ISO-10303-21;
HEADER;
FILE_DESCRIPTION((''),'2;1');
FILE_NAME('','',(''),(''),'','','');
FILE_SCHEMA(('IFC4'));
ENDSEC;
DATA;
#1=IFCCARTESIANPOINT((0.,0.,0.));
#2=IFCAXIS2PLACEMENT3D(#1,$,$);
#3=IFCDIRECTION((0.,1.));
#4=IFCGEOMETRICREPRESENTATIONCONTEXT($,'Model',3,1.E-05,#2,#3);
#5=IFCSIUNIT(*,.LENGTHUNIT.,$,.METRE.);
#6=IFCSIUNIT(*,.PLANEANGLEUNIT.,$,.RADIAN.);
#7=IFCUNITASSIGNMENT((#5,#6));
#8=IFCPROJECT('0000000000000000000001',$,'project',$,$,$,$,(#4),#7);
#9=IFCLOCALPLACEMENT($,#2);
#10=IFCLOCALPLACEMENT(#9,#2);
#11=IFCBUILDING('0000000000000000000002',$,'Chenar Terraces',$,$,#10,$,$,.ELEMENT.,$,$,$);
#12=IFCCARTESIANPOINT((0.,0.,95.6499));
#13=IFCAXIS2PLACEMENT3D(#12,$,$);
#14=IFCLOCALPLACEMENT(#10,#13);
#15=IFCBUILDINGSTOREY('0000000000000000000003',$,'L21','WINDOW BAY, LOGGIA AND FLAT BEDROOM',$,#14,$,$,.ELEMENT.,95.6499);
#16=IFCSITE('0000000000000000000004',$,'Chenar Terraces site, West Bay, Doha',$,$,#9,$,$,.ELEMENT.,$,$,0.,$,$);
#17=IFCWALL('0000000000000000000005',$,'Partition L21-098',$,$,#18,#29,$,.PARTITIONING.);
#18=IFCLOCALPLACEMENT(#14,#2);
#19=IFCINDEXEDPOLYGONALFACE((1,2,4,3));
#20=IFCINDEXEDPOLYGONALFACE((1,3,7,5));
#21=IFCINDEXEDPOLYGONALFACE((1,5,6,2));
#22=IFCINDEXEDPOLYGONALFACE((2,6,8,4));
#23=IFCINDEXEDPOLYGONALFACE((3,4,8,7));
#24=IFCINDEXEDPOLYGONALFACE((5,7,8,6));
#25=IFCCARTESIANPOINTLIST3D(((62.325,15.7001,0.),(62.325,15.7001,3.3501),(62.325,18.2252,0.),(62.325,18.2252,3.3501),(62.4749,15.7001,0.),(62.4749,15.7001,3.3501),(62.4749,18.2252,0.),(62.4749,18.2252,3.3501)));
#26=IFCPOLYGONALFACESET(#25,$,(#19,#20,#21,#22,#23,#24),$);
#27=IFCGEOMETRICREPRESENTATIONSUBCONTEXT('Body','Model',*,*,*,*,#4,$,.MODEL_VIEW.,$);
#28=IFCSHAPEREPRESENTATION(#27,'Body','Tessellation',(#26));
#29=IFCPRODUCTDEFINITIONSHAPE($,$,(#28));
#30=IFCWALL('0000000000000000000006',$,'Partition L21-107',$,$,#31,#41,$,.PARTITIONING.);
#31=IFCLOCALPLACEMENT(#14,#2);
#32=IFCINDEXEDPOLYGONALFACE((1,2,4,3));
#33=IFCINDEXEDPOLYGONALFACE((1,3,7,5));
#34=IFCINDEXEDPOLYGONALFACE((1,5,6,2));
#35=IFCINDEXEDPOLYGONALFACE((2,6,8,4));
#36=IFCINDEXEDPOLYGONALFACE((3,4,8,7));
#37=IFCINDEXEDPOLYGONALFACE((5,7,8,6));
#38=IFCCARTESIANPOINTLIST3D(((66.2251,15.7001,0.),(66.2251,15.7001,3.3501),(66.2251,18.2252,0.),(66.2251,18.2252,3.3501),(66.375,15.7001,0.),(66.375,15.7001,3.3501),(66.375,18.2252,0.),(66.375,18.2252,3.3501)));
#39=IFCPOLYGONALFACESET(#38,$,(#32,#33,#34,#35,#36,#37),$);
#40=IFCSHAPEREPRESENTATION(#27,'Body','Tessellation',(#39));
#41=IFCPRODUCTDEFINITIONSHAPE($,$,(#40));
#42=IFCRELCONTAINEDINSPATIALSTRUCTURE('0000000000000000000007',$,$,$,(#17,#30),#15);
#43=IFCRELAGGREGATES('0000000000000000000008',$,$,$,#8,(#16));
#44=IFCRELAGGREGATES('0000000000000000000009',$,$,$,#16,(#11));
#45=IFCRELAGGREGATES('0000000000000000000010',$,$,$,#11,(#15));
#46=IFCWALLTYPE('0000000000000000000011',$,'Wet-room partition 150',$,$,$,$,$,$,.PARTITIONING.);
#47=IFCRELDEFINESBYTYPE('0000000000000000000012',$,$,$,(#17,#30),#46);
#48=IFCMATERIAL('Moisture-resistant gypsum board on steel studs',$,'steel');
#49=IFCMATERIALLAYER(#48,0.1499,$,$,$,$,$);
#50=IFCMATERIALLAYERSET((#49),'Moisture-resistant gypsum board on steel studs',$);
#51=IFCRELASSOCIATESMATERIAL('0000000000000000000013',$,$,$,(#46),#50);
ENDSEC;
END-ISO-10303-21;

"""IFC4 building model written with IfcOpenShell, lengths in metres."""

from ifc_helpers import new_model, si_unit, direction, frame, frame_2d, origin, place, context, subcontext, project, spatial, rectangle, extrude, material, layer, layer_set, type_object, element, save


model = new_model("IFC4")

# Units and contexts
model_context = context("Model", 3, precision=1e-05, world=origin(), true_north=direction((0.0, 1.0)))
body_context = subcontext(model_context, "Body", "Model", "MODEL_VIEW")
ifc_project = project(units=[si_unit("LENGTHUNIT", "METRE"), si_unit("PLANEANGLEUNIT", "RADIAN")], contexts=[model_context])

# Site, building, storey
site_placement = place(None, origin())
site = spatial("IfcSite", under=ifc_project, at=site_placement, Name="Chenar Terraces site, West Bay, Doha", CompositionType="ELEMENT", RefElevation=0.0)
building_placement = place(site_placement, origin())
building = spatial("IfcBuilding", under=site, at=building_placement, Name="Chenar Terraces", CompositionType="ELEMENT")
storey_placement = place(building_placement, frame((0.0, 0.0, 95.6499)))
storey = spatial("IfcBuildingStorey", under=building, at=storey_placement, Name="L21", Description="WINDOW BAY, LOGGIA AND FLAT BEDROOM", CompositionType="ELEMENT", Elevation=95.6499)

# Walls
ifc_material_1 = material(Name="Moisture-resistant gypsum board on steel studs", Category="steel")
ifc_layer_1 = layer(ifc_material_1, 0.1499)
ifc_layer_set_1 = layer_set([ifc_layer_1], Name="Moisture-resistant gypsum board on steel studs")
wall_type_1 = type_object("IfcWallType", Name="Wet-room partition 150", PredefinedType="PARTITIONING", material=ifc_layer_set_1)
for number, where, z_axis, x_axis, name in (
    (1, (62.3999, 15.7, 0.0), (0.0, 0.0, 1.0), (0.0, 1.0, 0.0), "Partition L21-098"),
    (2, (66.3, 15.7, 0.0), (0.0, 0.0, 1.0), (0.0, 1.0, 0.0), "Partition L21-107"),
):
    element("IfcWall", number, at=place(storey_placement, frame(where, z_axis=z_axis, x_axis=x_axis)), inside=storey, type_object=wall_type_1, Name=name, PredefinedType="PARTITIONING", context=body_context, shape_type="SweptSolid", body=[
        extrude(rectangle(XDim=2.5251, YDim=0.1499, at=frame_2d((1.2627, 0.0))), origin(), (0.0, 0.0, 1.0), 3.3501),
    ])

save(model, "model.ifc")
